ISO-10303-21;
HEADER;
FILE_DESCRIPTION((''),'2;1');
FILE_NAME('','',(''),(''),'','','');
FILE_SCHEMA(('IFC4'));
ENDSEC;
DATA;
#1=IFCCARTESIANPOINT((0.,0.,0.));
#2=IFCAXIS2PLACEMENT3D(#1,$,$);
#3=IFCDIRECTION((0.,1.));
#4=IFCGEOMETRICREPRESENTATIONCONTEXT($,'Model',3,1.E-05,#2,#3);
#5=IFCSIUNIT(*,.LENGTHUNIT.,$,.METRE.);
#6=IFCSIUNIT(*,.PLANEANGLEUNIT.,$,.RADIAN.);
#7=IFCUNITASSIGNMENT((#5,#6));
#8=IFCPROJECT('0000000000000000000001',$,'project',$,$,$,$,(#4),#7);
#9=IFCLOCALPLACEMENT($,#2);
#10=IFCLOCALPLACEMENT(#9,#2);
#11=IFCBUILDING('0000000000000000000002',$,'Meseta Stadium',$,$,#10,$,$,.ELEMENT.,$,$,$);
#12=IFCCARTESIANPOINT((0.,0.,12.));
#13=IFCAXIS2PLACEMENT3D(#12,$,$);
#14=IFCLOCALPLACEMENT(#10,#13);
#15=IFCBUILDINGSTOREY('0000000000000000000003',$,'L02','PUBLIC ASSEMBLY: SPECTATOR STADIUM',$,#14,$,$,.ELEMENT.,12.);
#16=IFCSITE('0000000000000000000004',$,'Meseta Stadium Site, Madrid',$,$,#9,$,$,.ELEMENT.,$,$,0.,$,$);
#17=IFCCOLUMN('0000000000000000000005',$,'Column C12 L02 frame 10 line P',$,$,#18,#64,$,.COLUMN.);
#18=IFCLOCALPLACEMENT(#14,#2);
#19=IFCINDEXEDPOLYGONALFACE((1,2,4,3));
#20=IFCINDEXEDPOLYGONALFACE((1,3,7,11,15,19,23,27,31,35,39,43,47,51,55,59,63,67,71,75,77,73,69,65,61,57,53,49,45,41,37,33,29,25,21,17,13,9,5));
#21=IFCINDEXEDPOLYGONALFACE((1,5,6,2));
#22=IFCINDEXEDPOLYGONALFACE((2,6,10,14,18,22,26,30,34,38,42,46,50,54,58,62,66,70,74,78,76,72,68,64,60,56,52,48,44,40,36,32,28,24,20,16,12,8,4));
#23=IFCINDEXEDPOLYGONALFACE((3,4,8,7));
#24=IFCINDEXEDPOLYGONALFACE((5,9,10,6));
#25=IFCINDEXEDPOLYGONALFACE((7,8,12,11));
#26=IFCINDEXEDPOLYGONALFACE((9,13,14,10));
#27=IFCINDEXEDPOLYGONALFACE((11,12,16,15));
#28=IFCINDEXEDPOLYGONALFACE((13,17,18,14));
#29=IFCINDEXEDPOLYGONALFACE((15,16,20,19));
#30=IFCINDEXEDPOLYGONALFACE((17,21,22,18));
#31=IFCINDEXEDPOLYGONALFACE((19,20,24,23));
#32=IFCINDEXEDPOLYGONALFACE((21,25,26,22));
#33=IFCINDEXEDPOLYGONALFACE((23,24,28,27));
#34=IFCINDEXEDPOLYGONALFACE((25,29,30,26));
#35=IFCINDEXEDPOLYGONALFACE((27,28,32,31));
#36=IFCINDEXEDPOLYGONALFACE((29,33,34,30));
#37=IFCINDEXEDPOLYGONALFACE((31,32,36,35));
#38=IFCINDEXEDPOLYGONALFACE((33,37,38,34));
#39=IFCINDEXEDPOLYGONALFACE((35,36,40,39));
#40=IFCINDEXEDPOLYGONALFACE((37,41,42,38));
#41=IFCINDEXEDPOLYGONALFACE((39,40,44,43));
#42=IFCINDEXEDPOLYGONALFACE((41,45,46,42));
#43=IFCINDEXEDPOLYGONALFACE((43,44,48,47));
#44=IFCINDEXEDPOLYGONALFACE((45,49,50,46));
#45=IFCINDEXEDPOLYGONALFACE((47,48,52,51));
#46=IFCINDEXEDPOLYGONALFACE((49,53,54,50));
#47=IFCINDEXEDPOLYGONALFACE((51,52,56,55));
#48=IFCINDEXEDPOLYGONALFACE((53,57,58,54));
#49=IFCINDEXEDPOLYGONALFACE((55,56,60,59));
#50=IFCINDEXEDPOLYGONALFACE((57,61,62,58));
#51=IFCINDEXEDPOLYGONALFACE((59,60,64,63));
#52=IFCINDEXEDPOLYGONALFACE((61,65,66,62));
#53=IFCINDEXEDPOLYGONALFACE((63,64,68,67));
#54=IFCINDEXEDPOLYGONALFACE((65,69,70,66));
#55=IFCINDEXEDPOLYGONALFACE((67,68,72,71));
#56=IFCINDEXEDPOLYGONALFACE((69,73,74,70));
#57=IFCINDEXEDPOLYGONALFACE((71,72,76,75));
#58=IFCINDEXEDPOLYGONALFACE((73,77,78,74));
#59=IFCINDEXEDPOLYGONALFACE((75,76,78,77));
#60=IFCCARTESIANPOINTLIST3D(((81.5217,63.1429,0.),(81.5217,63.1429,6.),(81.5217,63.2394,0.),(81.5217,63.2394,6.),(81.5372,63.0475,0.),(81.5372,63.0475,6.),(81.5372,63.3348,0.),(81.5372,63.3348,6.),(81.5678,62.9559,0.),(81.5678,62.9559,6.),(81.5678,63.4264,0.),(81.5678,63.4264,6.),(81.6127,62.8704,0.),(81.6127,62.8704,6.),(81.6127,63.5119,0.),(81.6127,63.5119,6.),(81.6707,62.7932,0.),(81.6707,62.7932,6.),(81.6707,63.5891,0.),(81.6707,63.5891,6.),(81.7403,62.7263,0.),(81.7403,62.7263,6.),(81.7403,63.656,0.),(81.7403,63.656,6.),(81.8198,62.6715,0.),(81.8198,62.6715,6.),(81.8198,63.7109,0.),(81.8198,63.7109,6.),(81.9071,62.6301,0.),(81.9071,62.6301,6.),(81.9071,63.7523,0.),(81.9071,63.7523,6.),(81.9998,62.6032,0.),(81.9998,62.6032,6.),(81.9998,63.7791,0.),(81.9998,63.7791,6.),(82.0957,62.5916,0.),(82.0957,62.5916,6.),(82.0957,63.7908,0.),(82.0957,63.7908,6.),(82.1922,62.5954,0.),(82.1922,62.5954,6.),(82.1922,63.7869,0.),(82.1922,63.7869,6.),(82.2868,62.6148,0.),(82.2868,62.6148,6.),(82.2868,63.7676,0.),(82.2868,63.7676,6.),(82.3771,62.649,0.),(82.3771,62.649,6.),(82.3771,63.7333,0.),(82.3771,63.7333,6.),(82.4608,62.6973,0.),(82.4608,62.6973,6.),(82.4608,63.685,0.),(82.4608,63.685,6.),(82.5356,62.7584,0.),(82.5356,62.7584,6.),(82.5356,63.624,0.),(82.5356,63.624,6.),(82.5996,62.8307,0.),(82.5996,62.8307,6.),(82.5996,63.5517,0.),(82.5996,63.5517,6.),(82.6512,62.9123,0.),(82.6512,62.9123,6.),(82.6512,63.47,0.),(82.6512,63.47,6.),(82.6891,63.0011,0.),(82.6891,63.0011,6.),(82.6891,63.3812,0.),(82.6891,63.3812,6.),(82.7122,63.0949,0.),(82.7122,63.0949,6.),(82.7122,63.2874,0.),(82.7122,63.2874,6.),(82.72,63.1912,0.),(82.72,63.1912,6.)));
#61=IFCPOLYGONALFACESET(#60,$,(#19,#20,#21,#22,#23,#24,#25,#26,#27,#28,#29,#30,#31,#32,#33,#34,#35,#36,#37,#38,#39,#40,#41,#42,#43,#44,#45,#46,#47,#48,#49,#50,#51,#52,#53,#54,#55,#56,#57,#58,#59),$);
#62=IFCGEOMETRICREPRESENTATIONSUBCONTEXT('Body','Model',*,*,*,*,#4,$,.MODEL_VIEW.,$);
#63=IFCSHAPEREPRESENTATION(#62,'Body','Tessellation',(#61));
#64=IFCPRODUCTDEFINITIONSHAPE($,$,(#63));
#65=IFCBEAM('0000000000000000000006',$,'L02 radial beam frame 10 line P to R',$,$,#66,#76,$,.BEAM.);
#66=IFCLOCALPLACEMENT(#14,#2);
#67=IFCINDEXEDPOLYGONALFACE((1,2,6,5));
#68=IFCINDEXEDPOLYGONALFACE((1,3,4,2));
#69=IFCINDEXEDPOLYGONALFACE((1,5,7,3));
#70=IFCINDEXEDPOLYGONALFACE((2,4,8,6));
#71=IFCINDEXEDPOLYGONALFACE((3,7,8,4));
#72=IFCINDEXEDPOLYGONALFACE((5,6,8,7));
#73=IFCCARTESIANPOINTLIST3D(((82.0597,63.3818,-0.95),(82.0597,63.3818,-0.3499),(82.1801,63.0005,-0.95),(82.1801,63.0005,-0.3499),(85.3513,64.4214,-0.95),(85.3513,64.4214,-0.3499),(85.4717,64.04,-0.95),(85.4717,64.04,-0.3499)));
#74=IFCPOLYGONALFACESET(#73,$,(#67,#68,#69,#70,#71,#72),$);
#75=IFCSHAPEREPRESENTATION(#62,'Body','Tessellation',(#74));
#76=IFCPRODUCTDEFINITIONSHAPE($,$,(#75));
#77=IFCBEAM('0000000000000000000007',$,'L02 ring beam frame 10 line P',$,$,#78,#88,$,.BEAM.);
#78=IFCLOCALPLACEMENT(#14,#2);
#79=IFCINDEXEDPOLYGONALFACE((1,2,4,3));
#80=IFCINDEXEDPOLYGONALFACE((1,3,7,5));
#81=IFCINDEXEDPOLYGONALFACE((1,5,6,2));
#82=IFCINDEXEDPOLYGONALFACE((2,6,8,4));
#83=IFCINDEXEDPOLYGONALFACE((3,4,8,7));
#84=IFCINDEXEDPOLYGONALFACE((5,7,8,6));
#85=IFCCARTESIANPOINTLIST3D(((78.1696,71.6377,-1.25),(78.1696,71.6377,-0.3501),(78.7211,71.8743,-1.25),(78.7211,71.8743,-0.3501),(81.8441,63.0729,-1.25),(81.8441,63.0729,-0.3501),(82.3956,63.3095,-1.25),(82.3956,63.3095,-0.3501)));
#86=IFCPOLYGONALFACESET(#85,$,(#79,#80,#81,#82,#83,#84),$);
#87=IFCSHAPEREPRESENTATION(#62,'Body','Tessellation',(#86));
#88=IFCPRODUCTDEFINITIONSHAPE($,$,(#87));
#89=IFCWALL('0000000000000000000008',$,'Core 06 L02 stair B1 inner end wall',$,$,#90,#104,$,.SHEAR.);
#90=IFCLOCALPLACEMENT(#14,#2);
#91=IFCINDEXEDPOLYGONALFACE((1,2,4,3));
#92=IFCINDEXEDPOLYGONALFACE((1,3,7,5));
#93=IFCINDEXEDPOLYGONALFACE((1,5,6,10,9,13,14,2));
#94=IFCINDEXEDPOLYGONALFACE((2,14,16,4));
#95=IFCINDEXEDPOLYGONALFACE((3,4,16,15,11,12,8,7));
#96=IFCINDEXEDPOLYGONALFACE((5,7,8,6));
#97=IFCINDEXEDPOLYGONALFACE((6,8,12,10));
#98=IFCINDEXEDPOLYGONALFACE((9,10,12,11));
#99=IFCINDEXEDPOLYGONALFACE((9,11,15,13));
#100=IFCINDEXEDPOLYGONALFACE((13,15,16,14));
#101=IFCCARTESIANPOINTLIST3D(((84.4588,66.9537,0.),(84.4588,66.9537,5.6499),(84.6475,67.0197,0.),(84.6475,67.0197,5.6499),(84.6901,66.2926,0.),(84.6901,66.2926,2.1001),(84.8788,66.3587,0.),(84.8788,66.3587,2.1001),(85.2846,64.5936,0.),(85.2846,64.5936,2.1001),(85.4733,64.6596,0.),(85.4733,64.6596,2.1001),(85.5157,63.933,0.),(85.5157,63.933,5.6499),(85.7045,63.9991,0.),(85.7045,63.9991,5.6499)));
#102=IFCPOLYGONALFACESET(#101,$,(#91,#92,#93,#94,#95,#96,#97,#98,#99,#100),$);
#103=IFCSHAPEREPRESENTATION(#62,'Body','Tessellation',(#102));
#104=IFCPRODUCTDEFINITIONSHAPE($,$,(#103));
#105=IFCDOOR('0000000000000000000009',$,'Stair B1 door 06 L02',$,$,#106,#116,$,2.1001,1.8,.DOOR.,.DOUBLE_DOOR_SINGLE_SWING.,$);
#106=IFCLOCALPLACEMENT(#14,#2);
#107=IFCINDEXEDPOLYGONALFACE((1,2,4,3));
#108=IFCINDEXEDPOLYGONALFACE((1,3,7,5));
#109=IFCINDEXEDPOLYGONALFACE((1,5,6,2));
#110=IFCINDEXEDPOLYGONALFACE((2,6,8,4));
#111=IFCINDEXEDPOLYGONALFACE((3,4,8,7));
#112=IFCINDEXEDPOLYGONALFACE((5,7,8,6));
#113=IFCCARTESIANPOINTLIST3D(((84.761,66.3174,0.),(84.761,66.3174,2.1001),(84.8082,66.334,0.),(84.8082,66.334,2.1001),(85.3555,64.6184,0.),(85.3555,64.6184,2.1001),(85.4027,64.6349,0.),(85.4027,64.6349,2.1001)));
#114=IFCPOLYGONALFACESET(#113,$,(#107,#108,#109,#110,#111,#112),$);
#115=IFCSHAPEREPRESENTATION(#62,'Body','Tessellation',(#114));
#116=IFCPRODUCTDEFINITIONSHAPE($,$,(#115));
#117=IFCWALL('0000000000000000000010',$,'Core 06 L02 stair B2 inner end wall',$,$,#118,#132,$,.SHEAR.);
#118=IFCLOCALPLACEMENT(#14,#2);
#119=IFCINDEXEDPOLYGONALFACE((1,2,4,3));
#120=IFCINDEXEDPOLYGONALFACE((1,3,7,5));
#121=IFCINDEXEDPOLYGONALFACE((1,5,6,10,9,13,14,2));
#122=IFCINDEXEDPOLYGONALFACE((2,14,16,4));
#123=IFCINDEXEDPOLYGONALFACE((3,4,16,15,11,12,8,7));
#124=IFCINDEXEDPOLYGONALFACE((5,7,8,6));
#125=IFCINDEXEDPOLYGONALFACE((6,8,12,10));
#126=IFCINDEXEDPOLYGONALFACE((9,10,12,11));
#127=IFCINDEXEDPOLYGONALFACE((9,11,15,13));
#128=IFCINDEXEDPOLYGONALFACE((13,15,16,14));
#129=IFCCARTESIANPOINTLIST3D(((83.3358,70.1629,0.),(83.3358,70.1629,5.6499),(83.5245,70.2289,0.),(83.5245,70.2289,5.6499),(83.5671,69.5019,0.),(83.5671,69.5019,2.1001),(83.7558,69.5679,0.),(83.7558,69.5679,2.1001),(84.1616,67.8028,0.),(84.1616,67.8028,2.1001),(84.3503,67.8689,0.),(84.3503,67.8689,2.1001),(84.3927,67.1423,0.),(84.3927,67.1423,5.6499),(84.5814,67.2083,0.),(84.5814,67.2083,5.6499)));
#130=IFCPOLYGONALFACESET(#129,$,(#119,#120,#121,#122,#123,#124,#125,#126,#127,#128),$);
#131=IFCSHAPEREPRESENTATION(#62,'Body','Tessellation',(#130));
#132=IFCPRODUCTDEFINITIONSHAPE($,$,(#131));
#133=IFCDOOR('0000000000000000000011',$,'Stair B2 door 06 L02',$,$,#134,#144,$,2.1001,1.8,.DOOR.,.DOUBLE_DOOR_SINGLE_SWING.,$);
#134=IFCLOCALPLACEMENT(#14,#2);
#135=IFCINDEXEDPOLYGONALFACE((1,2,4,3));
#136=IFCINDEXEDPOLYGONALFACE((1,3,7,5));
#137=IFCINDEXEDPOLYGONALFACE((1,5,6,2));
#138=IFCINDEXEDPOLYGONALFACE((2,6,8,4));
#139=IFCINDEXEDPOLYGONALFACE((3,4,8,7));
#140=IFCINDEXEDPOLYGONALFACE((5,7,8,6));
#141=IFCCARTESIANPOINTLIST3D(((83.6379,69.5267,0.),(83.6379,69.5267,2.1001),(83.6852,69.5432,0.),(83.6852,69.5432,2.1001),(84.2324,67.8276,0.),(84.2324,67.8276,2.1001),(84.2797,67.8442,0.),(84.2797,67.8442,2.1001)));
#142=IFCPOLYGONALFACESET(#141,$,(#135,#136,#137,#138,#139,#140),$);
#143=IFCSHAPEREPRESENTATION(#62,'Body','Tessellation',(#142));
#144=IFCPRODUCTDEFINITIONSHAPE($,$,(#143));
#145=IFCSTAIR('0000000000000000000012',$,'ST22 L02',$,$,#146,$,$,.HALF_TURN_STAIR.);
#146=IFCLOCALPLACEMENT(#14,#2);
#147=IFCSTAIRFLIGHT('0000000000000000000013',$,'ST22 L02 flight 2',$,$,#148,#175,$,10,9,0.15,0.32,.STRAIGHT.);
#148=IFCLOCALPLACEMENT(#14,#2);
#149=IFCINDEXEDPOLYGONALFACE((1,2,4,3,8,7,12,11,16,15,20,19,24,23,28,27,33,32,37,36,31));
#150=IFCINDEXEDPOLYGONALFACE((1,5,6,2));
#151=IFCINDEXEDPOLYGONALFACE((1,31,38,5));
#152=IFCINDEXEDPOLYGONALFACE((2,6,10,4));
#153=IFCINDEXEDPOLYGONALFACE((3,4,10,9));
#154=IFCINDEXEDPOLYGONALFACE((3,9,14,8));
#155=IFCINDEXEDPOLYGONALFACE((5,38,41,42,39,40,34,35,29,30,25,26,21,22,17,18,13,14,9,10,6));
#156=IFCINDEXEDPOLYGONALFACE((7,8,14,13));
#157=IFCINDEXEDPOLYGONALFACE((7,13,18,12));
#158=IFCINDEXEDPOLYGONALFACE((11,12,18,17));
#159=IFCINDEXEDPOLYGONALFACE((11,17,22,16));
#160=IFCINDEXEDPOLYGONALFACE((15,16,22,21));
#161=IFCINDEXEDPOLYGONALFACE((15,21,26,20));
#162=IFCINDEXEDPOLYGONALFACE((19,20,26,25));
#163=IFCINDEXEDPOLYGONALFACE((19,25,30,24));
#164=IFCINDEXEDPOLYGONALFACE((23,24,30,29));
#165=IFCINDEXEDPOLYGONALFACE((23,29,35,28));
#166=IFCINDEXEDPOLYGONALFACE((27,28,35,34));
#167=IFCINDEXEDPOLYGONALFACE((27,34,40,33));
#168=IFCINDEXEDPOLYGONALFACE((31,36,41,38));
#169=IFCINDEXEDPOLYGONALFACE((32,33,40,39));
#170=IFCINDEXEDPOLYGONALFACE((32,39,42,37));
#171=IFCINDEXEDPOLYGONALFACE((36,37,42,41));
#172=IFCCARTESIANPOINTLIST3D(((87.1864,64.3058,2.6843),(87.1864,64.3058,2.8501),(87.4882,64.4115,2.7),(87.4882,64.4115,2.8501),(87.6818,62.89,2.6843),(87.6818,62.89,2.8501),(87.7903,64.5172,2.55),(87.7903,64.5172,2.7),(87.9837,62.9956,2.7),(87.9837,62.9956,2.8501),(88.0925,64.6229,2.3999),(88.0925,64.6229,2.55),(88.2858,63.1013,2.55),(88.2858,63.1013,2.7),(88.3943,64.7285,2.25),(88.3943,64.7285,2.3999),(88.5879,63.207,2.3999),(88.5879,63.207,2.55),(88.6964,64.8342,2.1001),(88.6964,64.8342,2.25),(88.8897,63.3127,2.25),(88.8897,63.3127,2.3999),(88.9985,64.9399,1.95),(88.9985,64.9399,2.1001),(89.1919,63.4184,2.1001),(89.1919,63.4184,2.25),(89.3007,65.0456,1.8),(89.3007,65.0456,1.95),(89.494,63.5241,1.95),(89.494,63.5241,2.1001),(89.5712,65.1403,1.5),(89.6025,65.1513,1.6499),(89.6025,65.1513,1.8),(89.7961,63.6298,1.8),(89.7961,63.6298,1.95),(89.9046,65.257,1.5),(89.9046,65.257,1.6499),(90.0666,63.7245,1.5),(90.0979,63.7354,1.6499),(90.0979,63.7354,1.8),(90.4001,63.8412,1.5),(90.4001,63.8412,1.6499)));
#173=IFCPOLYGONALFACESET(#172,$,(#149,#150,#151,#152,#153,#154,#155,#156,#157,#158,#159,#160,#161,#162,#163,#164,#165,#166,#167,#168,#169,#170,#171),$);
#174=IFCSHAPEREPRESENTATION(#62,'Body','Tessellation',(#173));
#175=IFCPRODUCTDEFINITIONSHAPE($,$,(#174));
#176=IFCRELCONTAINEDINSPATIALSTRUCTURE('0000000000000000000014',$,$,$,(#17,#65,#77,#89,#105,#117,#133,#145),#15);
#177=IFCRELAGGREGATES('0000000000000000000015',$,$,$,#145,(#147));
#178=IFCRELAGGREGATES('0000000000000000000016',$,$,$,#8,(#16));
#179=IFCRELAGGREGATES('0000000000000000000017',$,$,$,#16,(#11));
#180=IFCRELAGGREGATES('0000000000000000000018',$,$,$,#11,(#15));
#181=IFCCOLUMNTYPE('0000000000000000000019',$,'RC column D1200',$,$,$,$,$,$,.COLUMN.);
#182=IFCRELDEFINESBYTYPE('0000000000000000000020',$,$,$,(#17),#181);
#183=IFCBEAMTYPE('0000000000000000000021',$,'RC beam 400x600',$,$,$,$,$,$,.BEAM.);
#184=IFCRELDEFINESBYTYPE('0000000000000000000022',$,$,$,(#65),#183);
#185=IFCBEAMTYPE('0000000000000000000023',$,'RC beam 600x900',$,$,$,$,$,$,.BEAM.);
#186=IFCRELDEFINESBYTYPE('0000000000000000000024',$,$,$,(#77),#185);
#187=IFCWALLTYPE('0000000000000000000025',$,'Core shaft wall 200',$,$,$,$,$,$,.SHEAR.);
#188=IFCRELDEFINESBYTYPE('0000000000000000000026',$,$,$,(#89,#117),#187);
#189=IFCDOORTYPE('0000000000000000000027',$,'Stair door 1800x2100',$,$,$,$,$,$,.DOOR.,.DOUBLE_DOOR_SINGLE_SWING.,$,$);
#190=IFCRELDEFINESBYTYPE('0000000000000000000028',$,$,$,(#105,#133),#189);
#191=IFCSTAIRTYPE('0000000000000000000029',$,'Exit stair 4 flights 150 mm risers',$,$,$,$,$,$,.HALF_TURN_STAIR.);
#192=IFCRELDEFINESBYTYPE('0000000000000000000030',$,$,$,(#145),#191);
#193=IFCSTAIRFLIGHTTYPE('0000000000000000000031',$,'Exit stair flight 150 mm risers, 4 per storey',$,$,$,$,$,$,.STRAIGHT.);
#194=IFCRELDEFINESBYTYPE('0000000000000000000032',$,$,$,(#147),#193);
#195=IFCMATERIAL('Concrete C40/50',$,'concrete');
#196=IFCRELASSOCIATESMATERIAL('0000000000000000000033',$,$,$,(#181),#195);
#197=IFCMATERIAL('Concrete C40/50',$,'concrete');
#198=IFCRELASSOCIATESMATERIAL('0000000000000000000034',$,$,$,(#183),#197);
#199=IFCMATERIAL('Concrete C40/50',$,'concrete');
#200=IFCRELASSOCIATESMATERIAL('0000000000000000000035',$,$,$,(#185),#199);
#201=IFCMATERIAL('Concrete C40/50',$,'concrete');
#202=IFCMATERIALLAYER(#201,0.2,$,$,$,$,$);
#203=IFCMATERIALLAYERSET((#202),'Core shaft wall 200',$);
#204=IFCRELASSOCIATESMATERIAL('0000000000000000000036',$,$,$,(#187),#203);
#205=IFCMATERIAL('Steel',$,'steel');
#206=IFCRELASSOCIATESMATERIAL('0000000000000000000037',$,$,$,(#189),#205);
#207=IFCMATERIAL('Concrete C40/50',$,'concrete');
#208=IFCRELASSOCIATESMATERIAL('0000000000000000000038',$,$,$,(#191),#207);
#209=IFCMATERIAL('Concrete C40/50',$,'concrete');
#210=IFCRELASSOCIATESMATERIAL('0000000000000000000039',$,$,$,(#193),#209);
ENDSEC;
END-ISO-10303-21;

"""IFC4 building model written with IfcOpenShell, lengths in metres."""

from ifc_helpers import new_model, si_unit, direction, frame, frame_2d, origin, origin_2d, place, context, subcontext, project, spatial, polyline, rectangle, circle, outline, extrude, material, layer, layer_set, material_profile, profile_set, type_object, element, fill, aggregate, save


model = new_model("IFC4")

# Units and contexts
model_context = context("Model", 3, precision=1e-05, world=origin(), true_north=direction((0.0, 1.0)))
body_context = subcontext(model_context, "Body", "Model", "MODEL_VIEW")
ifc_project = project(units=[si_unit("LENGTHUNIT", "METRE"), si_unit("PLANEANGLEUNIT", "RADIAN")], contexts=[model_context])

# Site, building, storey
site_placement = place(None, origin())
site = spatial("IfcSite", under=ifc_project, at=site_placement, Name="Meseta Stadium Site, Madrid", CompositionType="ELEMENT", RefElevation=0.0)
building_placement = place(site_placement, origin())
building = spatial("IfcBuilding", under=site, at=building_placement, Name="Meseta Stadium", CompositionType="ELEMENT")
storey_placement = place(building_placement, frame((0.0, 0.0, 12.0)))
storey = spatial("IfcBuildingStorey", under=building, at=storey_placement, Name="L02", Description="PUBLIC ASSEMBLY: SPECTATOR STADIUM", CompositionType="ELEMENT", Elevation=12.0)

# Column
ifc_material_1 = material(Name="Concrete C40/50", Category="concrete")
ifc_material_profile_1 = material_profile(ifc_material_1, circle(Radius=0.6001, at=origin_2d()), Name="RC D1200")
ifc_profile_set_1 = profile_set([ifc_material_profile_1], Name="Concrete C40/50")
column_type = type_object("IfcColumnType", Name="RC column D1200", PredefinedType="COLUMN", material=ifc_profile_set_1)
column_placement = place(storey_placement, frame((82.1199, 63.1912, 0.0), z_axis=(0.0, 0.0, 1.0), x_axis=(1.0, 0.0, 0.0)))
element("IfcColumn", 1, at=column_placement, inside=storey, type_object=column_type, Name="Column C12 L02 frame 10 line P", PredefinedType="COLUMN", context=body_context, shape_type="SweptSolid", body=[
    extrude(circle(Radius=0.6001, at=origin_2d()), origin(), (0.0, 0.0, 1.0), 6.0),
])

# Beams
ifc_material_2 = material(Name="Concrete C40/50", Category="concrete")
ifc_material_profile_2 = material_profile(ifc_material_2, rectangle(XDim=0.3999, YDim=0.6001, at=origin_2d()), Name="RC 400x600")
ifc_profile_set_2 = profile_set([ifc_material_profile_2], Name="Concrete C40/50")
beam_type_1 = type_object("IfcBeamType", Name="RC beam 400x600", PredefinedType="BEAM", material=ifc_profile_set_2)
beam_1_placement = place(storey_placement, frame((82.1199, 63.1912, -0.6499), z_axis=(0.953578, 0.301145, 0.0), x_axis=(-0.301145, 0.953578, 0.0)))
element("IfcBeam", 2, at=beam_1_placement, inside=storey, type_object=beam_type_1, Name="L02 radial beam frame 10 line P to R", PredefinedType="BEAM", context=body_context, shape_type="SweptSolid", body=[
    extrude(rectangle(XDim=0.3999, YDim=0.6001, at=origin_2d()), origin(), (0.0, 0.0, 1.0), 3.4519),
])
ifc_material_3 = material(Name="Concrete C40/50", Category="concrete")
ifc_material_profile_3 = material_profile(ifc_material_3, rectangle(XDim=0.6001, YDim=0.8999, at=origin_2d()), Name="RC 600x900")
ifc_profile_set_3 = profile_set([ifc_material_profile_3], Name="Concrete C40/50")
beam_type_2 = type_object("IfcBeamType", Name="RC beam 600x900", PredefinedType="BEAM", material=ifc_profile_set_3)
beam_2_placement = place(storey_placement, frame((82.1199, 63.1912, -0.8), z_axis=(-0.39427, 0.918995, 0.0), x_axis=(-0.918995, -0.39427, 0.0)))
element("IfcBeam", 3, at=beam_2_placement, inside=storey, type_object=beam_type_2, Name="L02 ring beam frame 10 line P", PredefinedType="BEAM", context=body_context, shape_type="SweptSolid", body=[
    extrude(rectangle(XDim=0.6001, YDim=0.8999, at=origin_2d()), origin(), (0.0, 0.0, 1.0), 9.3198),
])

# Walls, openings, doors
ifc_material_4 = material(Name="Concrete C40/50", Category="concrete")
ifc_layer = layer(ifc_material_4, 0.2)
ifc_layer_set = layer_set([ifc_layer], Name="Core shaft wall 200")
wall_type = type_object("IfcWallType", Name="Core shaft wall 200", PredefinedType="SHEAR", material=ifc_layer_set)
wall_1_placement = place(storey_placement, frame((85.6101, 63.9661, 0.0), z_axis=(0.0, 0.0, 1.0), x_axis=(-0.330269, 0.943887, 0.0)))
wall_1 = element("IfcWall", 4, at=wall_1_placement, inside=storey, type_object=wall_type, Name="Core 06 L02 stair B1 inner end wall", PredefinedType="SHEAR", context=body_context, shape_type="SweptSolid", body=[
    extrude(rectangle(XDim=3.2002, YDim=0.2, at=frame_2d((1.6001, 0.0))), origin(), (0.0, 0.0, 1.0), 5.6499),
])
opening_1_placement = place(wall_1_placement, frame((0.7, 0.0, 0.0)))
opening_1 = element("IfcOpeningElement", 5, at=opening_1_placement, cuts=wall_1, PredefinedType="OPENING", context=body_context, shape_type="SweptSolid", body=[
    extrude(rectangle(XDim=1.8, YDim=2.1001, at=frame_2d((0.8999, 1.05))), frame((0.0, 0.1099, 0.0), z_axis=(0.0, -1.0, 0.0), x_axis=(1.0, 0.0, 0.0)), (0.0, 0.0, 1.0), 0.22),
])
ifc_material_5 = material(Name="Steel", Category="steel")
door_type = type_object("IfcDoorType", Name="Stair door 1800x2100", OperationType="DOUBLE_DOOR_SINGLE_SWING", PredefinedType="DOOR", material=ifc_material_5)
door_1_placement = place(opening_1_placement, origin())
door_1 = element("IfcDoor", 6, at=door_1_placement, inside=storey, type_object=door_type, Name="Stair B1 door 06 L02", OperationType="DOUBLE_DOOR_SINGLE_SWING", OverallHeight=2.1001, OverallWidth=1.8, PredefinedType="DOOR", context=body_context, shape_type="SweptSolid", body=[
    extrude(rectangle(XDim=1.8, YDim=2.1001, at=frame_2d((0.8999, 1.05))), frame((0.0, 0.0249, 0.0), z_axis=(0.0, -1.0, 0.0), x_axis=(1.0, 0.0, 0.0)), (0.0, 0.0, 1.0), 0.05),
])
fill(opening_1, door_1)
wall_2_placement = place(storey_placement, frame((84.4871, 67.1753, 0.0), z_axis=(0.0, 0.0, 1.0), x_axis=(-0.330269, 0.943887, 0.0)))
wall_2 = element("IfcWall", 7, at=wall_2_placement, inside=storey, type_object=wall_type, Name="Core 06 L02 stair B2 inner end wall", PredefinedType="SHEAR", context=body_context, shape_type="SweptSolid", body=[
    extrude(rectangle(XDim=3.2002, YDim=0.2, at=frame_2d((1.6001, 0.0))), origin(), (0.0, 0.0, 1.0), 5.6499),
])
opening_2_placement = place(wall_2_placement, frame((0.7, 0.0, 0.0)))
opening_2 = element("IfcOpeningElement", 8, at=opening_2_placement, cuts=wall_2, PredefinedType="OPENING", context=body_context, shape_type="SweptSolid", body=[
    extrude(rectangle(XDim=1.8, YDim=2.1001, at=frame_2d((0.8999, 1.05))), frame((0.0, 0.1099, 0.0), z_axis=(0.0, -1.0, 0.0), x_axis=(1.0, 0.0, 0.0)), (0.0, 0.0, 1.0), 0.22),
])
door_2_placement = place(opening_2_placement, origin())
door_2 = element("IfcDoor", 9, at=door_2_placement, inside=storey, type_object=door_type, Name="Stair B2 door 06 L02", OperationType="DOUBLE_DOOR_SINGLE_SWING", OverallHeight=2.1001, OverallWidth=1.8, PredefinedType="DOOR", context=body_context, shape_type="SweptSolid", body=[
    extrude(rectangle(XDim=1.8, YDim=2.1001, at=frame_2d((0.8999, 1.05))), frame((0.0, 0.0249, 0.0), z_axis=(0.0, -1.0, 0.0), x_axis=(1.0, 0.0, 0.0)), (0.0, 0.0, 1.0), 0.05),
])
fill(opening_2, door_2)

# Stair, stair flight
ifc_material_6 = material(Name="Concrete C40/50", Category="concrete")
stair_type = type_object("IfcStairType", Name="Exit stair 4 flights 150 mm risers", PredefinedType="HALF_TURN_STAIR", material=ifc_material_6)
stair_1_placement = place(storey_placement, origin())
stair_1 = element("IfcStair", 10, at=stair_1_placement, inside=storey, type_object=stair_type, Name="ST22 L02", PredefinedType="HALF_TURN_STAIR")
ifc_material_7 = material(Name="Concrete C40/50", Category="concrete")
stair_flight_type = type_object("IfcStairFlightType", Name="Exit stair flight 150 mm risers, 4 per storey", PredefinedType="STRAIGHT", material=ifc_material_7)
stair_flight_1_placement = place(storey_placement, frame((90.1523, 64.5491, 1.5), z_axis=(0.0, 0.0, 1.0), x_axis=(-0.943883, -0.330279, 0.0)))
stair_flight_1 = element("IfcStairFlight", 11, at=stair_flight_1_placement, type_object=stair_flight_type, Name="ST22 L02 flight 2", NumberOfRisers=10, NumberOfTreads=9, PredefinedType="STRAIGHT", RiserHeight=0.15, TreadLength=0.32, context=body_context, shape_type="SweptSolid", body=[
    extrude(outline(polyline([(0.0, 0.0), (0.0, 0.1499), (0.3201, 0.1499), (0.3201, 0.3), (0.6399, 0.3), (0.6399, 0.45), (0.96, 0.45), (0.96, 0.6001), (1.28, 0.6001), (1.28, 0.75), (1.6001, 0.75), (1.6001, 0.8999), (1.9199, 0.8999), (1.9199, 1.05), (2.24, 1.05), (2.24, 1.2), (2.5601, 1.2), (2.5601, 1.3501), (2.8799, 1.3501), (2.8799, 1.1843), (0.3533, 0.0), (0.0, 0.0)])), frame((0.0, 0.75, 0.0), z_axis=(0.0, -1.0, 0.0), x_axis=(1.0, 0.0, 0.0)), (0.0, 0.0, 1.0), 1.5),
])
aggregate(stair_1, [stair_flight_1])

save(model, "model.ifc")
